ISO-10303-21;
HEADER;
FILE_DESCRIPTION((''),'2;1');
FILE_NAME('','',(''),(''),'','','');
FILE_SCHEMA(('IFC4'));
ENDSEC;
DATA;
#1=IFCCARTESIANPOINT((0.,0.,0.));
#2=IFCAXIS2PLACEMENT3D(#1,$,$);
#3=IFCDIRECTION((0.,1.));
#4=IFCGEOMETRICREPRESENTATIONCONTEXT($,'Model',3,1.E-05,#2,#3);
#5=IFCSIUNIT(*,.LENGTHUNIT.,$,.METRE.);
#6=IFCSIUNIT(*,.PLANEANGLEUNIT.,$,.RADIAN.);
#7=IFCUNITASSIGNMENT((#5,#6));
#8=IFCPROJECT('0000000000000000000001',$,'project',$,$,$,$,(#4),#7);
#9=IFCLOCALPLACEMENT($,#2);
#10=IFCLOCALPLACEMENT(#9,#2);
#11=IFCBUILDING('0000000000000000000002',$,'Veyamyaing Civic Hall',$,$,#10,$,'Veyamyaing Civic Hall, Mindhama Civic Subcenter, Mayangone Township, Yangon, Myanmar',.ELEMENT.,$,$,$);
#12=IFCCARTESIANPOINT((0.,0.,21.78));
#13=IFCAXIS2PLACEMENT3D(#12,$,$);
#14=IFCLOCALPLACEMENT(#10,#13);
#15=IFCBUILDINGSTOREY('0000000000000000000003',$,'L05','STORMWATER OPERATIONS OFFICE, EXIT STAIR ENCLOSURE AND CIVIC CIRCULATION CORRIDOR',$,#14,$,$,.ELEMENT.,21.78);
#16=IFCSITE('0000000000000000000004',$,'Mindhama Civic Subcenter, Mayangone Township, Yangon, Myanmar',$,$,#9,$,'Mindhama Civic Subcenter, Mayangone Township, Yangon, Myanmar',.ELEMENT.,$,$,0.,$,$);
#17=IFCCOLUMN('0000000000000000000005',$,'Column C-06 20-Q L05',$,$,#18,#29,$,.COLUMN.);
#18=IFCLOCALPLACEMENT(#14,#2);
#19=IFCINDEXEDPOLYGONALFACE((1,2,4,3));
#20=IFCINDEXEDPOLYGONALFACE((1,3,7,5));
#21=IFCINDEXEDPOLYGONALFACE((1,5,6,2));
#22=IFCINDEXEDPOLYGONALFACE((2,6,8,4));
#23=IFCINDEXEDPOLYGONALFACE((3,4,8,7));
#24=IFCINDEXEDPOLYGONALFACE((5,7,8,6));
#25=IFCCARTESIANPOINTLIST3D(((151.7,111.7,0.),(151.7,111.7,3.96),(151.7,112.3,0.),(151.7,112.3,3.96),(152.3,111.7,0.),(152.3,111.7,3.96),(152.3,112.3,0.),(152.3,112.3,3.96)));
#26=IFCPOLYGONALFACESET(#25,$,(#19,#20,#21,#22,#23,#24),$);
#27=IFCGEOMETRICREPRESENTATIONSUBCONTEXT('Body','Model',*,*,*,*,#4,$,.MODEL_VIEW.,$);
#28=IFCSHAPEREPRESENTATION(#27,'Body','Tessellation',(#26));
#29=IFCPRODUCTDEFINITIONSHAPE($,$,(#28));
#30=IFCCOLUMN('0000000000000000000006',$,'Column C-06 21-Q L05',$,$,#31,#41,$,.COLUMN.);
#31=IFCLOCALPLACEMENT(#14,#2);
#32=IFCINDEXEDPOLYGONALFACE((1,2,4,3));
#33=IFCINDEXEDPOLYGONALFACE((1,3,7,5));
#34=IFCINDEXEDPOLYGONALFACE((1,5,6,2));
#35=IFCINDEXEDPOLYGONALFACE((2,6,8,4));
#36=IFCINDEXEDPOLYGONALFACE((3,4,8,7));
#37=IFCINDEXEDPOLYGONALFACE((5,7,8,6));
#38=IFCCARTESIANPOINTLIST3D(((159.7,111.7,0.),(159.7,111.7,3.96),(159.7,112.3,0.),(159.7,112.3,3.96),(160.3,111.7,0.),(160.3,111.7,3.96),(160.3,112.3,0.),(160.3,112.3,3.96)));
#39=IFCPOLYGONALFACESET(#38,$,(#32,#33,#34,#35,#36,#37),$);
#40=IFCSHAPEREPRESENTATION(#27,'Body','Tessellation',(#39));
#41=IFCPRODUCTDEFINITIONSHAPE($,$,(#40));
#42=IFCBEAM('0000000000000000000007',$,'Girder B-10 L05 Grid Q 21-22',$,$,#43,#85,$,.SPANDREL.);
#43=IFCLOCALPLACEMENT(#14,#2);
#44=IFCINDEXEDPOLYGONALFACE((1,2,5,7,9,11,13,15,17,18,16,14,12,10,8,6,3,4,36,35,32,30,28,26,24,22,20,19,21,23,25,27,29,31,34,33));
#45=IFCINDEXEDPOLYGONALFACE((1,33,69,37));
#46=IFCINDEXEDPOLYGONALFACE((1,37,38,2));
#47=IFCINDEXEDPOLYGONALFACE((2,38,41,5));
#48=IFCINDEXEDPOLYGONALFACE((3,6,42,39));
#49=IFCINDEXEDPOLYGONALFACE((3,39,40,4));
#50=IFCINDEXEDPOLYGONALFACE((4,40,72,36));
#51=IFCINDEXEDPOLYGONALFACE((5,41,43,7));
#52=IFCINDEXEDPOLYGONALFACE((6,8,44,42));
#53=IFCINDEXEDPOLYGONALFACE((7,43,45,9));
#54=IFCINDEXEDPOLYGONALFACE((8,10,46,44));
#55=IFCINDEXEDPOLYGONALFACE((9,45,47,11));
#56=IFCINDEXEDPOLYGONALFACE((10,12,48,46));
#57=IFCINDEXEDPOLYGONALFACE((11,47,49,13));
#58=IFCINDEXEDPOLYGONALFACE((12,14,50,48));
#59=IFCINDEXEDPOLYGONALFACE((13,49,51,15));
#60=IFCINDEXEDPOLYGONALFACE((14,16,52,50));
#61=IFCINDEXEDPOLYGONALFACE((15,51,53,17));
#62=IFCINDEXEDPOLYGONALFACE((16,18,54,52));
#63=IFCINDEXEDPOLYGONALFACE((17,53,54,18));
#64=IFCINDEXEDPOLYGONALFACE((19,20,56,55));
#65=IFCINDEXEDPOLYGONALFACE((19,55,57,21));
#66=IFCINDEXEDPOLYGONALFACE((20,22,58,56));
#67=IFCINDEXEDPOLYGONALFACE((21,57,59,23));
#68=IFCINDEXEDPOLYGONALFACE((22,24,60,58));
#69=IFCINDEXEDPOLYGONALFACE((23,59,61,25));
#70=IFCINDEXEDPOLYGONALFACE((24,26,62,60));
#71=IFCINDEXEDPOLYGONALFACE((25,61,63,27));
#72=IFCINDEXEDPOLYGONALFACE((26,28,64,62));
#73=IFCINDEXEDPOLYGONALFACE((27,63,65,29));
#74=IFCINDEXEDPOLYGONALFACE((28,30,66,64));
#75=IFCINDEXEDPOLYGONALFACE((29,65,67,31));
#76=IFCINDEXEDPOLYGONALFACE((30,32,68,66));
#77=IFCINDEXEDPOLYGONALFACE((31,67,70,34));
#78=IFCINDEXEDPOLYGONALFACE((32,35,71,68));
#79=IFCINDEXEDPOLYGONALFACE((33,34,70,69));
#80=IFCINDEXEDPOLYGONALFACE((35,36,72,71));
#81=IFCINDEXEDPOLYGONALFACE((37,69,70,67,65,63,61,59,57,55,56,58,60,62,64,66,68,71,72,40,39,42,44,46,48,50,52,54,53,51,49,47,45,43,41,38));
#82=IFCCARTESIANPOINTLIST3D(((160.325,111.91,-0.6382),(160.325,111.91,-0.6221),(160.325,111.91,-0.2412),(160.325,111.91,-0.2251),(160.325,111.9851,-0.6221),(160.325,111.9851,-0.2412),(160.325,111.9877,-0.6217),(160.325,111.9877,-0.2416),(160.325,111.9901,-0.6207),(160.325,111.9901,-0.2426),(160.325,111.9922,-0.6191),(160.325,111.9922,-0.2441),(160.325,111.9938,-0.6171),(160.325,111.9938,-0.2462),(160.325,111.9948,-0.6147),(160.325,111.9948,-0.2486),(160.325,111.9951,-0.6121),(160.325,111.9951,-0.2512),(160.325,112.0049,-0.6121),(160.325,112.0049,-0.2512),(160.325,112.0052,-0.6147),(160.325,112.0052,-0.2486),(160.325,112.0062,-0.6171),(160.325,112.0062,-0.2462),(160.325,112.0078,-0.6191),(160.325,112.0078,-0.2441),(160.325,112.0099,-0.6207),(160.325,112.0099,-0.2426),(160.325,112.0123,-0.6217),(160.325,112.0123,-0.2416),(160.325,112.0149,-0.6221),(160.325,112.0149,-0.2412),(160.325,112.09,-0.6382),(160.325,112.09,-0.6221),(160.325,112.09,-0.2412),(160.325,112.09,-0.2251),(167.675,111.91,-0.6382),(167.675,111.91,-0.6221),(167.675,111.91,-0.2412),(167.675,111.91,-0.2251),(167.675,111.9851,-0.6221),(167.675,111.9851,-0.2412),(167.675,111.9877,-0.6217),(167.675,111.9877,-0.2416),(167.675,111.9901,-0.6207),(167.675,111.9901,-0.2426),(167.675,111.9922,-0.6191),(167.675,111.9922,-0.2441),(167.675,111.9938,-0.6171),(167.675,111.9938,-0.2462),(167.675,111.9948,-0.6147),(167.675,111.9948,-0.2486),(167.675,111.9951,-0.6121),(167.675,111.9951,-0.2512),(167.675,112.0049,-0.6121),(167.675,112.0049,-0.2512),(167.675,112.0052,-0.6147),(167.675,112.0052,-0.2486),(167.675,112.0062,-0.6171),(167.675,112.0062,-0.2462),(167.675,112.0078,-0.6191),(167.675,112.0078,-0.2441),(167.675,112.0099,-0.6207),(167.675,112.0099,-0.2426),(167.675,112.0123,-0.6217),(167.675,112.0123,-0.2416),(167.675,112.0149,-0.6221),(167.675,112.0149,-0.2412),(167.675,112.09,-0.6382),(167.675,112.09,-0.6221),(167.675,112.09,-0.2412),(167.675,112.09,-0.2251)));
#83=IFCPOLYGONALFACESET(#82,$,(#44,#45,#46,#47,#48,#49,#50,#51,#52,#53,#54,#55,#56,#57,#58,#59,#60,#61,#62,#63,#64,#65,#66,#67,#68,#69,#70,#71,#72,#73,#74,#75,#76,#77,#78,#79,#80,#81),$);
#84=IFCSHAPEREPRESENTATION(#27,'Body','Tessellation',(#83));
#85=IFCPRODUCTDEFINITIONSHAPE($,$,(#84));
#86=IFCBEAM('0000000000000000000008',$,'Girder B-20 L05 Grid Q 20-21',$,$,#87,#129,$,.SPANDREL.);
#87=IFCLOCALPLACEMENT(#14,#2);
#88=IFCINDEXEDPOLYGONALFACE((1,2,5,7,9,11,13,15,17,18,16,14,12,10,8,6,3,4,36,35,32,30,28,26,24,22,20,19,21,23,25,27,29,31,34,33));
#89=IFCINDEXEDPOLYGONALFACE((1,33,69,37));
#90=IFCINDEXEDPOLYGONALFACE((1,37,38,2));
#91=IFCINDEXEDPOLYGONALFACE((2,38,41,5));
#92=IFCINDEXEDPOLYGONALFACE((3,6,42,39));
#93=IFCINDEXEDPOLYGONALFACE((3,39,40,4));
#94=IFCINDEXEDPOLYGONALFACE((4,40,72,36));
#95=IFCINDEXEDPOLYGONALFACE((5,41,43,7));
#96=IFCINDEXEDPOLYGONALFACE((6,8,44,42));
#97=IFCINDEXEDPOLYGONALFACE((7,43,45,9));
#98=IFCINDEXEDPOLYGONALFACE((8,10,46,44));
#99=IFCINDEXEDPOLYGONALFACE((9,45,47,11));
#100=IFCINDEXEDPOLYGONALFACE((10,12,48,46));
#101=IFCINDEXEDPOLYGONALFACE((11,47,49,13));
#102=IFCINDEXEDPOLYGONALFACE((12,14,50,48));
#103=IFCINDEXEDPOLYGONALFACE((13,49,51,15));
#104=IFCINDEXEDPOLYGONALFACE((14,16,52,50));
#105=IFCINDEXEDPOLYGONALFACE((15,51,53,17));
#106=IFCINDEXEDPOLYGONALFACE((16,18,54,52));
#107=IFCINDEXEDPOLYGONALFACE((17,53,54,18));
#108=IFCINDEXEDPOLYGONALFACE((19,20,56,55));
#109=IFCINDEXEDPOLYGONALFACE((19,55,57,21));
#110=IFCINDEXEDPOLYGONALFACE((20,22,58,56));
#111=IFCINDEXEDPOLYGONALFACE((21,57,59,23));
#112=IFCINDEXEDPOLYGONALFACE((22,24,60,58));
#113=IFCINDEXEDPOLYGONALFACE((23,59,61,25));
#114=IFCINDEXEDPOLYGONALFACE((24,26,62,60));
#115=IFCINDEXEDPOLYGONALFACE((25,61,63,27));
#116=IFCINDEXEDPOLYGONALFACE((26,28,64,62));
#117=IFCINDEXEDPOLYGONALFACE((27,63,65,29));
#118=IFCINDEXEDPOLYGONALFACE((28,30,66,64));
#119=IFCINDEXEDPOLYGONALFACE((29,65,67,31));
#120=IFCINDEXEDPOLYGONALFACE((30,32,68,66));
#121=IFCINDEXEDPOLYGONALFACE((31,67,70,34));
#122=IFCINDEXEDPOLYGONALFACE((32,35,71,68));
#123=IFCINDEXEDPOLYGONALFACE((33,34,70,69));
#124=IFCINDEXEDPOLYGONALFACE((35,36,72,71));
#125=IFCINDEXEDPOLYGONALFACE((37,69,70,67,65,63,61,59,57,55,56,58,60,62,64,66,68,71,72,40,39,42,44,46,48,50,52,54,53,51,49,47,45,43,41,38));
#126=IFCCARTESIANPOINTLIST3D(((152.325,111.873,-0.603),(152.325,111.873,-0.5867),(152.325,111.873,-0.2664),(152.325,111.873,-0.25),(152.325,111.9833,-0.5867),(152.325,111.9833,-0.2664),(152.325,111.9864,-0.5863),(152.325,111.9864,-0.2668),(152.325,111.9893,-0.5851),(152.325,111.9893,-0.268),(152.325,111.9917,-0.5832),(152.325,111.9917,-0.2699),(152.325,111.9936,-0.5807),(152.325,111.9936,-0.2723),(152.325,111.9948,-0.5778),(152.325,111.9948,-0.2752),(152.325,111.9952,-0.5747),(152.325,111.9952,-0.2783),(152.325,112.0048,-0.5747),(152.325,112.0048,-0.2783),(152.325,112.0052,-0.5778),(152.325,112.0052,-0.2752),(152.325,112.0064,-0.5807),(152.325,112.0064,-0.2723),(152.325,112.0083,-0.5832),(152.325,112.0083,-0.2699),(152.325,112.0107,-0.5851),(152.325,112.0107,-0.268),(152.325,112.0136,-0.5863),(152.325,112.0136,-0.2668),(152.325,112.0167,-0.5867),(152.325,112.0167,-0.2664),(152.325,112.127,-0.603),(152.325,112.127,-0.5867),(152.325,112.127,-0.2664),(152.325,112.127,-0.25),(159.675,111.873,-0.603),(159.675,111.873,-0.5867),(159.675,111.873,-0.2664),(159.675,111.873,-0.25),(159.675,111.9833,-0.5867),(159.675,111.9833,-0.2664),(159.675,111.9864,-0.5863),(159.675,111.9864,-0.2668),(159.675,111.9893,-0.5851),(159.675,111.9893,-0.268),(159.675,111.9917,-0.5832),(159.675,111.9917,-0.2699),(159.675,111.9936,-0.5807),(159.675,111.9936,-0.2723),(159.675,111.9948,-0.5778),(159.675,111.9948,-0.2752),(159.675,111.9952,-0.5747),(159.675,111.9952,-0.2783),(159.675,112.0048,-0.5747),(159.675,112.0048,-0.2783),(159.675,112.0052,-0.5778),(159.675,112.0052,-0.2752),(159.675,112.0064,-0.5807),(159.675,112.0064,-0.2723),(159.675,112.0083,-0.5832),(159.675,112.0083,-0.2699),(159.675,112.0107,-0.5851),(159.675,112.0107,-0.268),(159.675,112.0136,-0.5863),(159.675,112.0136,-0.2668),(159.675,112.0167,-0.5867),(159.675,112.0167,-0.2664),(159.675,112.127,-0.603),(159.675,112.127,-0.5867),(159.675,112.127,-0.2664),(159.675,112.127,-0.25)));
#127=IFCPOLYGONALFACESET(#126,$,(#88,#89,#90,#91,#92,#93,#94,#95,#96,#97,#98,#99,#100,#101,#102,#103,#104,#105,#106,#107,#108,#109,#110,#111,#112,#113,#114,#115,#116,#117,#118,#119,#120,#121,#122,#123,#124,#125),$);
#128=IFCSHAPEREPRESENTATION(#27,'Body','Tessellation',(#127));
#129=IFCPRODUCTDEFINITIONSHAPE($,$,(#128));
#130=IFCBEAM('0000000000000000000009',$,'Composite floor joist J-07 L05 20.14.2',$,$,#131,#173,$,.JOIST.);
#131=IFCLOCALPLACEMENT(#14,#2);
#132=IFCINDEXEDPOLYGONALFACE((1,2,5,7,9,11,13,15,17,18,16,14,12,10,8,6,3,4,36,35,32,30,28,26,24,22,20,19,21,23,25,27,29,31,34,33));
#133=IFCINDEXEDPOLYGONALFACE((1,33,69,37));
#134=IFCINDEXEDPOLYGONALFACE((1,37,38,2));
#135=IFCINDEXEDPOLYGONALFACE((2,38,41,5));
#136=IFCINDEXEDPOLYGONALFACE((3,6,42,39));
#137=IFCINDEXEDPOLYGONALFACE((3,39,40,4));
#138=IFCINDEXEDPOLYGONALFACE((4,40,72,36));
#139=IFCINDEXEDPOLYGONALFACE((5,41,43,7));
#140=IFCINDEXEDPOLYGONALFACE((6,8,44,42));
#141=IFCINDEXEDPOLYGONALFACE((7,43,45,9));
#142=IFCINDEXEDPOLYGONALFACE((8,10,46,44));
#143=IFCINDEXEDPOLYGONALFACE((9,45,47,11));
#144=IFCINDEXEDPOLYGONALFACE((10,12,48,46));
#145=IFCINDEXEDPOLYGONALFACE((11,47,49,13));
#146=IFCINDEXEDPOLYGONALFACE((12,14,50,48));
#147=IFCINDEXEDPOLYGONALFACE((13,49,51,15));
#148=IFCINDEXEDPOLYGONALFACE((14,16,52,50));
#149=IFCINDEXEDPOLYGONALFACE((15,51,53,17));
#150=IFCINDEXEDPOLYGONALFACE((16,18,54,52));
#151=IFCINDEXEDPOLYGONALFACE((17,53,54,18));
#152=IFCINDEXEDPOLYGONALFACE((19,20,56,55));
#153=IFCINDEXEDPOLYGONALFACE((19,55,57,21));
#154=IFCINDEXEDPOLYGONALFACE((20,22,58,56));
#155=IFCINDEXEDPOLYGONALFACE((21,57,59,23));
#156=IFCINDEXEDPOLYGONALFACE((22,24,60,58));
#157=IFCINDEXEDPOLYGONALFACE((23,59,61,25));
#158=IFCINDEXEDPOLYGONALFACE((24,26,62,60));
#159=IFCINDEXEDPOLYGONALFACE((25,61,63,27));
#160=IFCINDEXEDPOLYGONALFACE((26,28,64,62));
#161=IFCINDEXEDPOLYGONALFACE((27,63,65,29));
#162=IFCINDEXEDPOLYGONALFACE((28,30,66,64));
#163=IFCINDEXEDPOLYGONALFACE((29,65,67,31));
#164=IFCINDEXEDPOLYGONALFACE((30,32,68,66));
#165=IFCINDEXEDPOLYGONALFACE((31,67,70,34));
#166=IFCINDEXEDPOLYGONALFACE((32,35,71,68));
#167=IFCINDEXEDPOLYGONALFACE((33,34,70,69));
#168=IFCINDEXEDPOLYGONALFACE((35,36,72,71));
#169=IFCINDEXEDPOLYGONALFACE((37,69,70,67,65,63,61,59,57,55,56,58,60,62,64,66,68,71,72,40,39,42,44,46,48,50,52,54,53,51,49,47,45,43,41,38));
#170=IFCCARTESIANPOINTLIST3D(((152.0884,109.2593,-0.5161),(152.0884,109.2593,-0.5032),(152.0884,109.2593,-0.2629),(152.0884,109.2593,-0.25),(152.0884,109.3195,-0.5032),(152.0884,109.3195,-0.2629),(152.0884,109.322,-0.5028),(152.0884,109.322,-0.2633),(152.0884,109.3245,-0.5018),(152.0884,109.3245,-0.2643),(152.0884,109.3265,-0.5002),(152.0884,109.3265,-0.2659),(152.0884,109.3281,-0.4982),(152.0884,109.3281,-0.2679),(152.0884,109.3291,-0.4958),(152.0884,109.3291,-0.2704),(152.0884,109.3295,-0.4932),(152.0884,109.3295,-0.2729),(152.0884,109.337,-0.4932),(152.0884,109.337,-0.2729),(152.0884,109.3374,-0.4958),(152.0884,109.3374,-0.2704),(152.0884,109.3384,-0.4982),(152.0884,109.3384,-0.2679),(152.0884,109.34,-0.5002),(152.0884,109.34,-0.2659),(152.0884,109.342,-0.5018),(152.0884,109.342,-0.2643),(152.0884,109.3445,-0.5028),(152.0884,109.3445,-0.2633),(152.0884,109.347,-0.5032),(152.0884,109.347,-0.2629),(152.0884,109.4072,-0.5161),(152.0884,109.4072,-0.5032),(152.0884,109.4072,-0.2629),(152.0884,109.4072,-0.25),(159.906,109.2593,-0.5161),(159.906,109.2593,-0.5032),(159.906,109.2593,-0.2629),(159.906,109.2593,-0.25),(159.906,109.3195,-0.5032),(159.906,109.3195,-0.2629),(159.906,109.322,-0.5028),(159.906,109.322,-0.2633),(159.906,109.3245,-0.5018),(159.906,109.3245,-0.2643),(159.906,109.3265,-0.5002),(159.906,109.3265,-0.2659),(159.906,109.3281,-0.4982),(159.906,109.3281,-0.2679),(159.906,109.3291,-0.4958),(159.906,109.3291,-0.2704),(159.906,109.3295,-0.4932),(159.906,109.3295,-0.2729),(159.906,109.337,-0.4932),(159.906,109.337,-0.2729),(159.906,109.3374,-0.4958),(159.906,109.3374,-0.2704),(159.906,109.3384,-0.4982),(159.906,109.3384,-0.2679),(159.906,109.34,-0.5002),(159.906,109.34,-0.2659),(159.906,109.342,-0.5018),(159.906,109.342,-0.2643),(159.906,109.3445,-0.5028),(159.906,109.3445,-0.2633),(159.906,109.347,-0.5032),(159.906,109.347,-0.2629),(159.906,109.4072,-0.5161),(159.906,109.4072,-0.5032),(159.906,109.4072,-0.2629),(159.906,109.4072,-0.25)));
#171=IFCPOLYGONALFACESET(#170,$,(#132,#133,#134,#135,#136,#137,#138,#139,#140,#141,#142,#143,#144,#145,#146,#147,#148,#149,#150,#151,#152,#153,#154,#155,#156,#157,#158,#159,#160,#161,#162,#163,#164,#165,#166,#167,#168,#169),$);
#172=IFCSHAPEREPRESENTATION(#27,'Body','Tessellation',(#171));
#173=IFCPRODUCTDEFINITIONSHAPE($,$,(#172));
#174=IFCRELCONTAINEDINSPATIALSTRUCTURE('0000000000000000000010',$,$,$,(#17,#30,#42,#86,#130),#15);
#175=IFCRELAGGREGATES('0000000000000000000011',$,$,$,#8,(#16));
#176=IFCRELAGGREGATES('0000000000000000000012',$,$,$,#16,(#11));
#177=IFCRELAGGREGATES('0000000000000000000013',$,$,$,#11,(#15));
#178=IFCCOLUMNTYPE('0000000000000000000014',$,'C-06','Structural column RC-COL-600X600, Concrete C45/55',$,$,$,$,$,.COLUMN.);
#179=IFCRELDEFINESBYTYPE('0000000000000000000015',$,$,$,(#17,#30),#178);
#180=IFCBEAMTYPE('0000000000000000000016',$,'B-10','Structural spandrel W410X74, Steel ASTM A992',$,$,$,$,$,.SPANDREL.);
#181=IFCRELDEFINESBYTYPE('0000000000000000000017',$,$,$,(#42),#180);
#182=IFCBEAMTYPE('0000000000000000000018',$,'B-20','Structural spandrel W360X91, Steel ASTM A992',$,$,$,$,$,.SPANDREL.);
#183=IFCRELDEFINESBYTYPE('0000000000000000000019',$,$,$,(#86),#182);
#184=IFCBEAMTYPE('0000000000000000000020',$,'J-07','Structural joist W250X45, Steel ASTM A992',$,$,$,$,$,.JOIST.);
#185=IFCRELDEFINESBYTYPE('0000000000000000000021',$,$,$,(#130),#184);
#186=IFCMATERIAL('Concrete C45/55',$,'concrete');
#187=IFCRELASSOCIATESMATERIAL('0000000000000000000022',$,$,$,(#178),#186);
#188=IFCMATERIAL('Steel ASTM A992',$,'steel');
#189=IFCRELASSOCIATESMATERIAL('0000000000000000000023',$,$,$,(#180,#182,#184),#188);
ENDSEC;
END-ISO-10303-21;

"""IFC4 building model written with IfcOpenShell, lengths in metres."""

from ifc_helpers import new_model, si_unit, direction, frame, origin, origin_2d, place, context, subcontext, project, spatial, rectangle, i_section, extrude, material, material_profile, profile_set, type_object, element, save


model = new_model("IFC4")

# Units and contexts
model_context = context("Model", 3, precision=1e-05, world=origin(), true_north=direction((0.0, 1.0)))
body_context = subcontext(model_context, "Body", "Model", "MODEL_VIEW")
ifc_project = project(units=[si_unit("LENGTHUNIT", "METRE"), si_unit("PLANEANGLEUNIT", "RADIAN")], contexts=[model_context])

# Site, building, storey
site_placement = place(None, origin())
site = spatial("IfcSite", under=ifc_project, at=site_placement, Name="Mindhama Civic Subcenter, Mayangone Township, Yangon, Myanmar", LongName="Mindhama Civic Subcenter, Mayangone Township, Yangon, Myanmar", CompositionType="ELEMENT", RefElevation=0.0)
building_placement = place(site_placement, origin())
building = spatial("IfcBuilding", under=site, at=building_placement, Name="Veyamyaing Civic Hall", LongName="Veyamyaing Civic Hall, Mindhama Civic Subcenter, Mayangone Township, Yangon, Myanmar", CompositionType="ELEMENT")
storey_placement = place(building_placement, frame((0.0, 0.0, 21.78)))
storey = spatial("IfcBuildingStorey", under=building, at=storey_placement, Name="L05", Description="STORMWATER OPERATIONS OFFICE, EXIT STAIR ENCLOSURE AND CIVIC CIRCULATION CORRIDOR", CompositionType="ELEMENT", Elevation=21.78)

# Columns
ifc_material_1 = material(Name="Concrete C45/55", Category="concrete")
ifc_material_profile_1 = material_profile(ifc_material_1, rectangle(XDim=0.6001, YDim=0.6001, at=origin_2d()), Name="RC-COL-600X600")
ifc_profile_set_1 = profile_set([ifc_material_profile_1], Name="Concrete C45/55")
column_type = type_object("IfcColumnType", Name="C-06", Description="Structural column RC-COL-600X600, Concrete C45/55", PredefinedType="COLUMN", material=ifc_profile_set_1)
for number, where, z_axis, x_axis, name in (
    (1, (152.0, 112.0, 0.0), (0.0, 0.0, 1.0), (1.0, 0.0, 0.0), "Column C-06 20-Q L05"),
    (2, (160.0, 112.0, 0.0), (0.0, 0.0, 1.0), (1.0, 0.0, 0.0), "Column C-06 21-Q L05"),
):
    element("IfcColumn", number, at=place(storey_placement, frame(where, z_axis=z_axis, x_axis=x_axis)), inside=storey, type_object=column_type, Name=name, PredefinedType="COLUMN", context=body_context, shape_type="SweptSolid", body=[
        extrude(rectangle(XDim=0.6001, YDim=0.6001, at=origin_2d()), origin(), (0.0, 0.0, 1.0), 3.96),
    ])

# Beams
ifc_material_2 = material(Name="Steel ASTM A992", Category="steel")
ifc_material_profile_2 = material_profile(ifc_material_2, i_section(OverallWidth=0.1799, OverallDepth=0.4131, WebThickness=0.0098, FlangeThickness=0.0161, FilletRadius=0.01, at=origin_2d()), Name="W410X74")
ifc_profile_set_2 = profile_set([ifc_material_profile_2], Name="Steel ASTM A992")
beam_type_1 = type_object("IfcBeamType", Name="B-10", Description="Structural spandrel W410X74, Steel ASTM A992", PredefinedType="SPANDREL", material=ifc_profile_set_2)
beam_1_placement = place(storey_placement, frame((160.325, 112.0, -0.4316), z_axis=(1.0, 0.0, 0.0), x_axis=(0.0, 1.0, 0.0)))
element("IfcBeam", 3, at=beam_1_placement, inside=storey, type_object=beam_type_1, Name="Girder B-10 L05 Grid Q 21-22", PredefinedType="SPANDREL", context=body_context, shape_type="SweptSolid", body=[
    extrude(i_section(OverallWidth=0.1799, OverallDepth=0.4131, WebThickness=0.0098, FlangeThickness=0.0161, FilletRadius=0.01, at=origin_2d()), origin(), (0.0, 0.0, 1.0), 7.3501),
])
ifc_material_profile_3 = material_profile(ifc_material_2, i_section(OverallWidth=0.2539, OverallDepth=0.353, WebThickness=0.0095, FlangeThickness=0.0164, FilletRadius=0.012, at=origin_2d()), Name="W360X91")
ifc_profile_set_3 = profile_set([ifc_material_profile_3], Name="Steel ASTM A992")
beam_type_2 = type_object("IfcBeamType", Name="B-20", Description="Structural spandrel W360X91, Steel ASTM A992", PredefinedType="SPANDREL", material=ifc_profile_set_3)
beam_2_placement = place(storey_placement, frame((152.325, 112.0, -0.4265), z_axis=(1.0, 0.0, 0.0), x_axis=(0.0, 1.0, 0.0)))
element("IfcBeam", 4, at=beam_2_placement, inside=storey, type_object=beam_type_2, Name="Girder B-20 L05 Grid Q 20-21", PredefinedType="SPANDREL", context=body_context, shape_type="SweptSolid", body=[
    extrude(i_section(OverallWidth=0.2539, OverallDepth=0.353, WebThickness=0.0095, FlangeThickness=0.0164, FilletRadius=0.012, at=origin_2d()), origin(), (0.0, 0.0, 1.0), 7.3501),
])
ifc_material_profile_4 = material_profile(ifc_material_2, i_section(OverallWidth=0.1479, OverallDepth=0.2661, WebThickness=0.0076, FlangeThickness=0.0129, FilletRadius=0.01, at=origin_2d()), Name="W250X45")
ifc_profile_set_4 = profile_set([ifc_material_profile_4], Name="Steel ASTM A992")
beam_type_3 = type_object("IfcBeamType", Name="J-07", Description="Structural joist W250X45, Steel ASTM A992", PredefinedType="JOIST", material=ifc_profile_set_4)
beam_3_placement = place(storey_placement, frame((152.0884, 109.3333, -0.3831), z_axis=(1.0, 0.0, 0.0), x_axis=(0.0, 1.0, 0.0)))
element("IfcBeam", 5, at=beam_3_placement, inside=storey, type_object=beam_type_3, Name="Composite floor joist J-07 L05 20.14.2", PredefinedType="JOIST", context=body_context, shape_type="SweptSolid", body=[
    extrude(i_section(OverallWidth=0.1479, OverallDepth=0.2661, WebThickness=0.0076, FlangeThickness=0.0129, FilletRadius=0.01, at=origin_2d()), origin(), (0.0, 0.0, 1.0), 7.8176),
])

save(model, "model.ifc")
